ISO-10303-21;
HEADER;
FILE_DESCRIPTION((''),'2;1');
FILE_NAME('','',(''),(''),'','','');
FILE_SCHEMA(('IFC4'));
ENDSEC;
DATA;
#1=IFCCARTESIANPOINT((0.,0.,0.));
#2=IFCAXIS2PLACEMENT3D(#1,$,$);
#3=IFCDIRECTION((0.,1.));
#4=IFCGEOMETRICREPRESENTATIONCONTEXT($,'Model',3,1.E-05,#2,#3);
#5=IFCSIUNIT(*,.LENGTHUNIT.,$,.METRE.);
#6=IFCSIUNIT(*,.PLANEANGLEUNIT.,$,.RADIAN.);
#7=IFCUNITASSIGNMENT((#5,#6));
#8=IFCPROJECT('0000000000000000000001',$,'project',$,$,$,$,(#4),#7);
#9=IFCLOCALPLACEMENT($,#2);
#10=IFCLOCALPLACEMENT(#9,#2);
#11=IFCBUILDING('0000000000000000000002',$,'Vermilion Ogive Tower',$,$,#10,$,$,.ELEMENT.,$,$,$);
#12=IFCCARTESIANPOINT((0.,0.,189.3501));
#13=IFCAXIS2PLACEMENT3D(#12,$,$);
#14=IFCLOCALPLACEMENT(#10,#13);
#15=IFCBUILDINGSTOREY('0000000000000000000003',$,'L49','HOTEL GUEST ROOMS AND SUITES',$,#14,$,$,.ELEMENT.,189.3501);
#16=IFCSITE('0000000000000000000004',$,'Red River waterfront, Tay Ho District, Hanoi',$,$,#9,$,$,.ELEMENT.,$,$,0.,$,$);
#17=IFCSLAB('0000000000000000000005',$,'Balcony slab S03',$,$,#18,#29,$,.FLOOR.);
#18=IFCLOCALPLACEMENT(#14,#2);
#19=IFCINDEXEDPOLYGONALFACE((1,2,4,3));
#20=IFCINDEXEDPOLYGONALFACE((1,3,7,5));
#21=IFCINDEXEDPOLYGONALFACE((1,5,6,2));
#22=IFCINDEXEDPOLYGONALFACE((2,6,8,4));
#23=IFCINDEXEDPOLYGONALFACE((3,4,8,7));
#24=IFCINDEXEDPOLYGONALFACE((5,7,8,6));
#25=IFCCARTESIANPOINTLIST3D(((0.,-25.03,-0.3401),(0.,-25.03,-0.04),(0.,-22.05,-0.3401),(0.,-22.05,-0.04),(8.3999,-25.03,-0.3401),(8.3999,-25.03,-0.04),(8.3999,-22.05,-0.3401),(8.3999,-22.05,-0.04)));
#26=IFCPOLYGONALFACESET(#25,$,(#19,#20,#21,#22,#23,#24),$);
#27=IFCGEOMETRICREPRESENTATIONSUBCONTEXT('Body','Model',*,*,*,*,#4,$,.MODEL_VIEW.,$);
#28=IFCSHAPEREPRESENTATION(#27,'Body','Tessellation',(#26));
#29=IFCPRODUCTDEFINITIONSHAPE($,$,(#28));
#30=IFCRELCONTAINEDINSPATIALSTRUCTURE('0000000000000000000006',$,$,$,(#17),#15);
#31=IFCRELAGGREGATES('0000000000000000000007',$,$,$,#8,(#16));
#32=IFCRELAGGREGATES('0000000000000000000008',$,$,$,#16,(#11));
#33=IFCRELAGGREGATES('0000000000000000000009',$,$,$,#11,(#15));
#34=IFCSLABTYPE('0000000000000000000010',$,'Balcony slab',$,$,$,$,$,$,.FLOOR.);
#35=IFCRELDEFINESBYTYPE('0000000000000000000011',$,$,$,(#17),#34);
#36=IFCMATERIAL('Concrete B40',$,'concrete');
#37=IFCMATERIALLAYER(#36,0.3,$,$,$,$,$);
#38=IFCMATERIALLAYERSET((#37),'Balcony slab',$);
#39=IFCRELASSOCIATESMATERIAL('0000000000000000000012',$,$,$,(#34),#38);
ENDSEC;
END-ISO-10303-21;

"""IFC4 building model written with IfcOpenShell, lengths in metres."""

from ifc_helpers import new_model, si_unit, direction, frame, origin, place, context, subcontext, project, spatial, polyline, outline, extrude, material, layer, layer_set, type_object, element, save


model = new_model("IFC4")

# Units and contexts
model_context = context("Model", 3, precision=1e-05, world=origin(), true_north=direction((0.0, 1.0)))
body_context = subcontext(model_context, "Body", "Model", "MODEL_VIEW")
ifc_project = project(units=[si_unit("LENGTHUNIT", "METRE"), si_unit("PLANEANGLEUNIT", "RADIAN")], contexts=[model_context])

# Site, building, storey
site_placement = place(None, origin())
site = spatial("IfcSite", under=ifc_project, at=site_placement, Name="Red River waterfront, Tay Ho District, Hanoi", CompositionType="ELEMENT", RefElevation=0.0)
building_placement = place(site_placement, origin())
building = spatial("IfcBuilding", under=site, at=building_placement, Name="Vermilion Ogive Tower", CompositionType="ELEMENT")
storey_placement = place(building_placement, frame((0.0, 0.0, 189.3501)))
storey = spatial("IfcBuildingStorey", under=building, at=storey_placement, Name="L49", Description="HOTEL GUEST ROOMS AND SUITES", CompositionType="ELEMENT", Elevation=189.3501)

# Slab
ifc_material_1 = material(Name="Concrete B40", Category="concrete")
ifc_layer_1 = layer(ifc_material_1, 0.3)
ifc_layer_set_1 = layer_set([ifc_layer_1], Name="Balcony slab")
slab_type_1 = type_object("IfcSlabType", Name="Balcony slab", PredefinedType="FLOOR", material=ifc_layer_set_1)
slab_1_placement = place(storey_placement, frame((0.0, 0.0, -0.3401)))
element("IfcSlab", 1, at=slab_1_placement, inside=storey, type_object=slab_type_1, Name="Balcony slab S03", PredefinedType="FLOOR", context=body_context, shape_type="SweptSolid", body=[
    extrude(outline(polyline([(0.0, -25.03), (8.3999, -25.03), (8.3999, -22.05), (0.0, -22.05), (0.0, -25.03)])), origin(), (0.0, 0.0, 1.0), 0.3),
])

save(model, "model.ifc")
